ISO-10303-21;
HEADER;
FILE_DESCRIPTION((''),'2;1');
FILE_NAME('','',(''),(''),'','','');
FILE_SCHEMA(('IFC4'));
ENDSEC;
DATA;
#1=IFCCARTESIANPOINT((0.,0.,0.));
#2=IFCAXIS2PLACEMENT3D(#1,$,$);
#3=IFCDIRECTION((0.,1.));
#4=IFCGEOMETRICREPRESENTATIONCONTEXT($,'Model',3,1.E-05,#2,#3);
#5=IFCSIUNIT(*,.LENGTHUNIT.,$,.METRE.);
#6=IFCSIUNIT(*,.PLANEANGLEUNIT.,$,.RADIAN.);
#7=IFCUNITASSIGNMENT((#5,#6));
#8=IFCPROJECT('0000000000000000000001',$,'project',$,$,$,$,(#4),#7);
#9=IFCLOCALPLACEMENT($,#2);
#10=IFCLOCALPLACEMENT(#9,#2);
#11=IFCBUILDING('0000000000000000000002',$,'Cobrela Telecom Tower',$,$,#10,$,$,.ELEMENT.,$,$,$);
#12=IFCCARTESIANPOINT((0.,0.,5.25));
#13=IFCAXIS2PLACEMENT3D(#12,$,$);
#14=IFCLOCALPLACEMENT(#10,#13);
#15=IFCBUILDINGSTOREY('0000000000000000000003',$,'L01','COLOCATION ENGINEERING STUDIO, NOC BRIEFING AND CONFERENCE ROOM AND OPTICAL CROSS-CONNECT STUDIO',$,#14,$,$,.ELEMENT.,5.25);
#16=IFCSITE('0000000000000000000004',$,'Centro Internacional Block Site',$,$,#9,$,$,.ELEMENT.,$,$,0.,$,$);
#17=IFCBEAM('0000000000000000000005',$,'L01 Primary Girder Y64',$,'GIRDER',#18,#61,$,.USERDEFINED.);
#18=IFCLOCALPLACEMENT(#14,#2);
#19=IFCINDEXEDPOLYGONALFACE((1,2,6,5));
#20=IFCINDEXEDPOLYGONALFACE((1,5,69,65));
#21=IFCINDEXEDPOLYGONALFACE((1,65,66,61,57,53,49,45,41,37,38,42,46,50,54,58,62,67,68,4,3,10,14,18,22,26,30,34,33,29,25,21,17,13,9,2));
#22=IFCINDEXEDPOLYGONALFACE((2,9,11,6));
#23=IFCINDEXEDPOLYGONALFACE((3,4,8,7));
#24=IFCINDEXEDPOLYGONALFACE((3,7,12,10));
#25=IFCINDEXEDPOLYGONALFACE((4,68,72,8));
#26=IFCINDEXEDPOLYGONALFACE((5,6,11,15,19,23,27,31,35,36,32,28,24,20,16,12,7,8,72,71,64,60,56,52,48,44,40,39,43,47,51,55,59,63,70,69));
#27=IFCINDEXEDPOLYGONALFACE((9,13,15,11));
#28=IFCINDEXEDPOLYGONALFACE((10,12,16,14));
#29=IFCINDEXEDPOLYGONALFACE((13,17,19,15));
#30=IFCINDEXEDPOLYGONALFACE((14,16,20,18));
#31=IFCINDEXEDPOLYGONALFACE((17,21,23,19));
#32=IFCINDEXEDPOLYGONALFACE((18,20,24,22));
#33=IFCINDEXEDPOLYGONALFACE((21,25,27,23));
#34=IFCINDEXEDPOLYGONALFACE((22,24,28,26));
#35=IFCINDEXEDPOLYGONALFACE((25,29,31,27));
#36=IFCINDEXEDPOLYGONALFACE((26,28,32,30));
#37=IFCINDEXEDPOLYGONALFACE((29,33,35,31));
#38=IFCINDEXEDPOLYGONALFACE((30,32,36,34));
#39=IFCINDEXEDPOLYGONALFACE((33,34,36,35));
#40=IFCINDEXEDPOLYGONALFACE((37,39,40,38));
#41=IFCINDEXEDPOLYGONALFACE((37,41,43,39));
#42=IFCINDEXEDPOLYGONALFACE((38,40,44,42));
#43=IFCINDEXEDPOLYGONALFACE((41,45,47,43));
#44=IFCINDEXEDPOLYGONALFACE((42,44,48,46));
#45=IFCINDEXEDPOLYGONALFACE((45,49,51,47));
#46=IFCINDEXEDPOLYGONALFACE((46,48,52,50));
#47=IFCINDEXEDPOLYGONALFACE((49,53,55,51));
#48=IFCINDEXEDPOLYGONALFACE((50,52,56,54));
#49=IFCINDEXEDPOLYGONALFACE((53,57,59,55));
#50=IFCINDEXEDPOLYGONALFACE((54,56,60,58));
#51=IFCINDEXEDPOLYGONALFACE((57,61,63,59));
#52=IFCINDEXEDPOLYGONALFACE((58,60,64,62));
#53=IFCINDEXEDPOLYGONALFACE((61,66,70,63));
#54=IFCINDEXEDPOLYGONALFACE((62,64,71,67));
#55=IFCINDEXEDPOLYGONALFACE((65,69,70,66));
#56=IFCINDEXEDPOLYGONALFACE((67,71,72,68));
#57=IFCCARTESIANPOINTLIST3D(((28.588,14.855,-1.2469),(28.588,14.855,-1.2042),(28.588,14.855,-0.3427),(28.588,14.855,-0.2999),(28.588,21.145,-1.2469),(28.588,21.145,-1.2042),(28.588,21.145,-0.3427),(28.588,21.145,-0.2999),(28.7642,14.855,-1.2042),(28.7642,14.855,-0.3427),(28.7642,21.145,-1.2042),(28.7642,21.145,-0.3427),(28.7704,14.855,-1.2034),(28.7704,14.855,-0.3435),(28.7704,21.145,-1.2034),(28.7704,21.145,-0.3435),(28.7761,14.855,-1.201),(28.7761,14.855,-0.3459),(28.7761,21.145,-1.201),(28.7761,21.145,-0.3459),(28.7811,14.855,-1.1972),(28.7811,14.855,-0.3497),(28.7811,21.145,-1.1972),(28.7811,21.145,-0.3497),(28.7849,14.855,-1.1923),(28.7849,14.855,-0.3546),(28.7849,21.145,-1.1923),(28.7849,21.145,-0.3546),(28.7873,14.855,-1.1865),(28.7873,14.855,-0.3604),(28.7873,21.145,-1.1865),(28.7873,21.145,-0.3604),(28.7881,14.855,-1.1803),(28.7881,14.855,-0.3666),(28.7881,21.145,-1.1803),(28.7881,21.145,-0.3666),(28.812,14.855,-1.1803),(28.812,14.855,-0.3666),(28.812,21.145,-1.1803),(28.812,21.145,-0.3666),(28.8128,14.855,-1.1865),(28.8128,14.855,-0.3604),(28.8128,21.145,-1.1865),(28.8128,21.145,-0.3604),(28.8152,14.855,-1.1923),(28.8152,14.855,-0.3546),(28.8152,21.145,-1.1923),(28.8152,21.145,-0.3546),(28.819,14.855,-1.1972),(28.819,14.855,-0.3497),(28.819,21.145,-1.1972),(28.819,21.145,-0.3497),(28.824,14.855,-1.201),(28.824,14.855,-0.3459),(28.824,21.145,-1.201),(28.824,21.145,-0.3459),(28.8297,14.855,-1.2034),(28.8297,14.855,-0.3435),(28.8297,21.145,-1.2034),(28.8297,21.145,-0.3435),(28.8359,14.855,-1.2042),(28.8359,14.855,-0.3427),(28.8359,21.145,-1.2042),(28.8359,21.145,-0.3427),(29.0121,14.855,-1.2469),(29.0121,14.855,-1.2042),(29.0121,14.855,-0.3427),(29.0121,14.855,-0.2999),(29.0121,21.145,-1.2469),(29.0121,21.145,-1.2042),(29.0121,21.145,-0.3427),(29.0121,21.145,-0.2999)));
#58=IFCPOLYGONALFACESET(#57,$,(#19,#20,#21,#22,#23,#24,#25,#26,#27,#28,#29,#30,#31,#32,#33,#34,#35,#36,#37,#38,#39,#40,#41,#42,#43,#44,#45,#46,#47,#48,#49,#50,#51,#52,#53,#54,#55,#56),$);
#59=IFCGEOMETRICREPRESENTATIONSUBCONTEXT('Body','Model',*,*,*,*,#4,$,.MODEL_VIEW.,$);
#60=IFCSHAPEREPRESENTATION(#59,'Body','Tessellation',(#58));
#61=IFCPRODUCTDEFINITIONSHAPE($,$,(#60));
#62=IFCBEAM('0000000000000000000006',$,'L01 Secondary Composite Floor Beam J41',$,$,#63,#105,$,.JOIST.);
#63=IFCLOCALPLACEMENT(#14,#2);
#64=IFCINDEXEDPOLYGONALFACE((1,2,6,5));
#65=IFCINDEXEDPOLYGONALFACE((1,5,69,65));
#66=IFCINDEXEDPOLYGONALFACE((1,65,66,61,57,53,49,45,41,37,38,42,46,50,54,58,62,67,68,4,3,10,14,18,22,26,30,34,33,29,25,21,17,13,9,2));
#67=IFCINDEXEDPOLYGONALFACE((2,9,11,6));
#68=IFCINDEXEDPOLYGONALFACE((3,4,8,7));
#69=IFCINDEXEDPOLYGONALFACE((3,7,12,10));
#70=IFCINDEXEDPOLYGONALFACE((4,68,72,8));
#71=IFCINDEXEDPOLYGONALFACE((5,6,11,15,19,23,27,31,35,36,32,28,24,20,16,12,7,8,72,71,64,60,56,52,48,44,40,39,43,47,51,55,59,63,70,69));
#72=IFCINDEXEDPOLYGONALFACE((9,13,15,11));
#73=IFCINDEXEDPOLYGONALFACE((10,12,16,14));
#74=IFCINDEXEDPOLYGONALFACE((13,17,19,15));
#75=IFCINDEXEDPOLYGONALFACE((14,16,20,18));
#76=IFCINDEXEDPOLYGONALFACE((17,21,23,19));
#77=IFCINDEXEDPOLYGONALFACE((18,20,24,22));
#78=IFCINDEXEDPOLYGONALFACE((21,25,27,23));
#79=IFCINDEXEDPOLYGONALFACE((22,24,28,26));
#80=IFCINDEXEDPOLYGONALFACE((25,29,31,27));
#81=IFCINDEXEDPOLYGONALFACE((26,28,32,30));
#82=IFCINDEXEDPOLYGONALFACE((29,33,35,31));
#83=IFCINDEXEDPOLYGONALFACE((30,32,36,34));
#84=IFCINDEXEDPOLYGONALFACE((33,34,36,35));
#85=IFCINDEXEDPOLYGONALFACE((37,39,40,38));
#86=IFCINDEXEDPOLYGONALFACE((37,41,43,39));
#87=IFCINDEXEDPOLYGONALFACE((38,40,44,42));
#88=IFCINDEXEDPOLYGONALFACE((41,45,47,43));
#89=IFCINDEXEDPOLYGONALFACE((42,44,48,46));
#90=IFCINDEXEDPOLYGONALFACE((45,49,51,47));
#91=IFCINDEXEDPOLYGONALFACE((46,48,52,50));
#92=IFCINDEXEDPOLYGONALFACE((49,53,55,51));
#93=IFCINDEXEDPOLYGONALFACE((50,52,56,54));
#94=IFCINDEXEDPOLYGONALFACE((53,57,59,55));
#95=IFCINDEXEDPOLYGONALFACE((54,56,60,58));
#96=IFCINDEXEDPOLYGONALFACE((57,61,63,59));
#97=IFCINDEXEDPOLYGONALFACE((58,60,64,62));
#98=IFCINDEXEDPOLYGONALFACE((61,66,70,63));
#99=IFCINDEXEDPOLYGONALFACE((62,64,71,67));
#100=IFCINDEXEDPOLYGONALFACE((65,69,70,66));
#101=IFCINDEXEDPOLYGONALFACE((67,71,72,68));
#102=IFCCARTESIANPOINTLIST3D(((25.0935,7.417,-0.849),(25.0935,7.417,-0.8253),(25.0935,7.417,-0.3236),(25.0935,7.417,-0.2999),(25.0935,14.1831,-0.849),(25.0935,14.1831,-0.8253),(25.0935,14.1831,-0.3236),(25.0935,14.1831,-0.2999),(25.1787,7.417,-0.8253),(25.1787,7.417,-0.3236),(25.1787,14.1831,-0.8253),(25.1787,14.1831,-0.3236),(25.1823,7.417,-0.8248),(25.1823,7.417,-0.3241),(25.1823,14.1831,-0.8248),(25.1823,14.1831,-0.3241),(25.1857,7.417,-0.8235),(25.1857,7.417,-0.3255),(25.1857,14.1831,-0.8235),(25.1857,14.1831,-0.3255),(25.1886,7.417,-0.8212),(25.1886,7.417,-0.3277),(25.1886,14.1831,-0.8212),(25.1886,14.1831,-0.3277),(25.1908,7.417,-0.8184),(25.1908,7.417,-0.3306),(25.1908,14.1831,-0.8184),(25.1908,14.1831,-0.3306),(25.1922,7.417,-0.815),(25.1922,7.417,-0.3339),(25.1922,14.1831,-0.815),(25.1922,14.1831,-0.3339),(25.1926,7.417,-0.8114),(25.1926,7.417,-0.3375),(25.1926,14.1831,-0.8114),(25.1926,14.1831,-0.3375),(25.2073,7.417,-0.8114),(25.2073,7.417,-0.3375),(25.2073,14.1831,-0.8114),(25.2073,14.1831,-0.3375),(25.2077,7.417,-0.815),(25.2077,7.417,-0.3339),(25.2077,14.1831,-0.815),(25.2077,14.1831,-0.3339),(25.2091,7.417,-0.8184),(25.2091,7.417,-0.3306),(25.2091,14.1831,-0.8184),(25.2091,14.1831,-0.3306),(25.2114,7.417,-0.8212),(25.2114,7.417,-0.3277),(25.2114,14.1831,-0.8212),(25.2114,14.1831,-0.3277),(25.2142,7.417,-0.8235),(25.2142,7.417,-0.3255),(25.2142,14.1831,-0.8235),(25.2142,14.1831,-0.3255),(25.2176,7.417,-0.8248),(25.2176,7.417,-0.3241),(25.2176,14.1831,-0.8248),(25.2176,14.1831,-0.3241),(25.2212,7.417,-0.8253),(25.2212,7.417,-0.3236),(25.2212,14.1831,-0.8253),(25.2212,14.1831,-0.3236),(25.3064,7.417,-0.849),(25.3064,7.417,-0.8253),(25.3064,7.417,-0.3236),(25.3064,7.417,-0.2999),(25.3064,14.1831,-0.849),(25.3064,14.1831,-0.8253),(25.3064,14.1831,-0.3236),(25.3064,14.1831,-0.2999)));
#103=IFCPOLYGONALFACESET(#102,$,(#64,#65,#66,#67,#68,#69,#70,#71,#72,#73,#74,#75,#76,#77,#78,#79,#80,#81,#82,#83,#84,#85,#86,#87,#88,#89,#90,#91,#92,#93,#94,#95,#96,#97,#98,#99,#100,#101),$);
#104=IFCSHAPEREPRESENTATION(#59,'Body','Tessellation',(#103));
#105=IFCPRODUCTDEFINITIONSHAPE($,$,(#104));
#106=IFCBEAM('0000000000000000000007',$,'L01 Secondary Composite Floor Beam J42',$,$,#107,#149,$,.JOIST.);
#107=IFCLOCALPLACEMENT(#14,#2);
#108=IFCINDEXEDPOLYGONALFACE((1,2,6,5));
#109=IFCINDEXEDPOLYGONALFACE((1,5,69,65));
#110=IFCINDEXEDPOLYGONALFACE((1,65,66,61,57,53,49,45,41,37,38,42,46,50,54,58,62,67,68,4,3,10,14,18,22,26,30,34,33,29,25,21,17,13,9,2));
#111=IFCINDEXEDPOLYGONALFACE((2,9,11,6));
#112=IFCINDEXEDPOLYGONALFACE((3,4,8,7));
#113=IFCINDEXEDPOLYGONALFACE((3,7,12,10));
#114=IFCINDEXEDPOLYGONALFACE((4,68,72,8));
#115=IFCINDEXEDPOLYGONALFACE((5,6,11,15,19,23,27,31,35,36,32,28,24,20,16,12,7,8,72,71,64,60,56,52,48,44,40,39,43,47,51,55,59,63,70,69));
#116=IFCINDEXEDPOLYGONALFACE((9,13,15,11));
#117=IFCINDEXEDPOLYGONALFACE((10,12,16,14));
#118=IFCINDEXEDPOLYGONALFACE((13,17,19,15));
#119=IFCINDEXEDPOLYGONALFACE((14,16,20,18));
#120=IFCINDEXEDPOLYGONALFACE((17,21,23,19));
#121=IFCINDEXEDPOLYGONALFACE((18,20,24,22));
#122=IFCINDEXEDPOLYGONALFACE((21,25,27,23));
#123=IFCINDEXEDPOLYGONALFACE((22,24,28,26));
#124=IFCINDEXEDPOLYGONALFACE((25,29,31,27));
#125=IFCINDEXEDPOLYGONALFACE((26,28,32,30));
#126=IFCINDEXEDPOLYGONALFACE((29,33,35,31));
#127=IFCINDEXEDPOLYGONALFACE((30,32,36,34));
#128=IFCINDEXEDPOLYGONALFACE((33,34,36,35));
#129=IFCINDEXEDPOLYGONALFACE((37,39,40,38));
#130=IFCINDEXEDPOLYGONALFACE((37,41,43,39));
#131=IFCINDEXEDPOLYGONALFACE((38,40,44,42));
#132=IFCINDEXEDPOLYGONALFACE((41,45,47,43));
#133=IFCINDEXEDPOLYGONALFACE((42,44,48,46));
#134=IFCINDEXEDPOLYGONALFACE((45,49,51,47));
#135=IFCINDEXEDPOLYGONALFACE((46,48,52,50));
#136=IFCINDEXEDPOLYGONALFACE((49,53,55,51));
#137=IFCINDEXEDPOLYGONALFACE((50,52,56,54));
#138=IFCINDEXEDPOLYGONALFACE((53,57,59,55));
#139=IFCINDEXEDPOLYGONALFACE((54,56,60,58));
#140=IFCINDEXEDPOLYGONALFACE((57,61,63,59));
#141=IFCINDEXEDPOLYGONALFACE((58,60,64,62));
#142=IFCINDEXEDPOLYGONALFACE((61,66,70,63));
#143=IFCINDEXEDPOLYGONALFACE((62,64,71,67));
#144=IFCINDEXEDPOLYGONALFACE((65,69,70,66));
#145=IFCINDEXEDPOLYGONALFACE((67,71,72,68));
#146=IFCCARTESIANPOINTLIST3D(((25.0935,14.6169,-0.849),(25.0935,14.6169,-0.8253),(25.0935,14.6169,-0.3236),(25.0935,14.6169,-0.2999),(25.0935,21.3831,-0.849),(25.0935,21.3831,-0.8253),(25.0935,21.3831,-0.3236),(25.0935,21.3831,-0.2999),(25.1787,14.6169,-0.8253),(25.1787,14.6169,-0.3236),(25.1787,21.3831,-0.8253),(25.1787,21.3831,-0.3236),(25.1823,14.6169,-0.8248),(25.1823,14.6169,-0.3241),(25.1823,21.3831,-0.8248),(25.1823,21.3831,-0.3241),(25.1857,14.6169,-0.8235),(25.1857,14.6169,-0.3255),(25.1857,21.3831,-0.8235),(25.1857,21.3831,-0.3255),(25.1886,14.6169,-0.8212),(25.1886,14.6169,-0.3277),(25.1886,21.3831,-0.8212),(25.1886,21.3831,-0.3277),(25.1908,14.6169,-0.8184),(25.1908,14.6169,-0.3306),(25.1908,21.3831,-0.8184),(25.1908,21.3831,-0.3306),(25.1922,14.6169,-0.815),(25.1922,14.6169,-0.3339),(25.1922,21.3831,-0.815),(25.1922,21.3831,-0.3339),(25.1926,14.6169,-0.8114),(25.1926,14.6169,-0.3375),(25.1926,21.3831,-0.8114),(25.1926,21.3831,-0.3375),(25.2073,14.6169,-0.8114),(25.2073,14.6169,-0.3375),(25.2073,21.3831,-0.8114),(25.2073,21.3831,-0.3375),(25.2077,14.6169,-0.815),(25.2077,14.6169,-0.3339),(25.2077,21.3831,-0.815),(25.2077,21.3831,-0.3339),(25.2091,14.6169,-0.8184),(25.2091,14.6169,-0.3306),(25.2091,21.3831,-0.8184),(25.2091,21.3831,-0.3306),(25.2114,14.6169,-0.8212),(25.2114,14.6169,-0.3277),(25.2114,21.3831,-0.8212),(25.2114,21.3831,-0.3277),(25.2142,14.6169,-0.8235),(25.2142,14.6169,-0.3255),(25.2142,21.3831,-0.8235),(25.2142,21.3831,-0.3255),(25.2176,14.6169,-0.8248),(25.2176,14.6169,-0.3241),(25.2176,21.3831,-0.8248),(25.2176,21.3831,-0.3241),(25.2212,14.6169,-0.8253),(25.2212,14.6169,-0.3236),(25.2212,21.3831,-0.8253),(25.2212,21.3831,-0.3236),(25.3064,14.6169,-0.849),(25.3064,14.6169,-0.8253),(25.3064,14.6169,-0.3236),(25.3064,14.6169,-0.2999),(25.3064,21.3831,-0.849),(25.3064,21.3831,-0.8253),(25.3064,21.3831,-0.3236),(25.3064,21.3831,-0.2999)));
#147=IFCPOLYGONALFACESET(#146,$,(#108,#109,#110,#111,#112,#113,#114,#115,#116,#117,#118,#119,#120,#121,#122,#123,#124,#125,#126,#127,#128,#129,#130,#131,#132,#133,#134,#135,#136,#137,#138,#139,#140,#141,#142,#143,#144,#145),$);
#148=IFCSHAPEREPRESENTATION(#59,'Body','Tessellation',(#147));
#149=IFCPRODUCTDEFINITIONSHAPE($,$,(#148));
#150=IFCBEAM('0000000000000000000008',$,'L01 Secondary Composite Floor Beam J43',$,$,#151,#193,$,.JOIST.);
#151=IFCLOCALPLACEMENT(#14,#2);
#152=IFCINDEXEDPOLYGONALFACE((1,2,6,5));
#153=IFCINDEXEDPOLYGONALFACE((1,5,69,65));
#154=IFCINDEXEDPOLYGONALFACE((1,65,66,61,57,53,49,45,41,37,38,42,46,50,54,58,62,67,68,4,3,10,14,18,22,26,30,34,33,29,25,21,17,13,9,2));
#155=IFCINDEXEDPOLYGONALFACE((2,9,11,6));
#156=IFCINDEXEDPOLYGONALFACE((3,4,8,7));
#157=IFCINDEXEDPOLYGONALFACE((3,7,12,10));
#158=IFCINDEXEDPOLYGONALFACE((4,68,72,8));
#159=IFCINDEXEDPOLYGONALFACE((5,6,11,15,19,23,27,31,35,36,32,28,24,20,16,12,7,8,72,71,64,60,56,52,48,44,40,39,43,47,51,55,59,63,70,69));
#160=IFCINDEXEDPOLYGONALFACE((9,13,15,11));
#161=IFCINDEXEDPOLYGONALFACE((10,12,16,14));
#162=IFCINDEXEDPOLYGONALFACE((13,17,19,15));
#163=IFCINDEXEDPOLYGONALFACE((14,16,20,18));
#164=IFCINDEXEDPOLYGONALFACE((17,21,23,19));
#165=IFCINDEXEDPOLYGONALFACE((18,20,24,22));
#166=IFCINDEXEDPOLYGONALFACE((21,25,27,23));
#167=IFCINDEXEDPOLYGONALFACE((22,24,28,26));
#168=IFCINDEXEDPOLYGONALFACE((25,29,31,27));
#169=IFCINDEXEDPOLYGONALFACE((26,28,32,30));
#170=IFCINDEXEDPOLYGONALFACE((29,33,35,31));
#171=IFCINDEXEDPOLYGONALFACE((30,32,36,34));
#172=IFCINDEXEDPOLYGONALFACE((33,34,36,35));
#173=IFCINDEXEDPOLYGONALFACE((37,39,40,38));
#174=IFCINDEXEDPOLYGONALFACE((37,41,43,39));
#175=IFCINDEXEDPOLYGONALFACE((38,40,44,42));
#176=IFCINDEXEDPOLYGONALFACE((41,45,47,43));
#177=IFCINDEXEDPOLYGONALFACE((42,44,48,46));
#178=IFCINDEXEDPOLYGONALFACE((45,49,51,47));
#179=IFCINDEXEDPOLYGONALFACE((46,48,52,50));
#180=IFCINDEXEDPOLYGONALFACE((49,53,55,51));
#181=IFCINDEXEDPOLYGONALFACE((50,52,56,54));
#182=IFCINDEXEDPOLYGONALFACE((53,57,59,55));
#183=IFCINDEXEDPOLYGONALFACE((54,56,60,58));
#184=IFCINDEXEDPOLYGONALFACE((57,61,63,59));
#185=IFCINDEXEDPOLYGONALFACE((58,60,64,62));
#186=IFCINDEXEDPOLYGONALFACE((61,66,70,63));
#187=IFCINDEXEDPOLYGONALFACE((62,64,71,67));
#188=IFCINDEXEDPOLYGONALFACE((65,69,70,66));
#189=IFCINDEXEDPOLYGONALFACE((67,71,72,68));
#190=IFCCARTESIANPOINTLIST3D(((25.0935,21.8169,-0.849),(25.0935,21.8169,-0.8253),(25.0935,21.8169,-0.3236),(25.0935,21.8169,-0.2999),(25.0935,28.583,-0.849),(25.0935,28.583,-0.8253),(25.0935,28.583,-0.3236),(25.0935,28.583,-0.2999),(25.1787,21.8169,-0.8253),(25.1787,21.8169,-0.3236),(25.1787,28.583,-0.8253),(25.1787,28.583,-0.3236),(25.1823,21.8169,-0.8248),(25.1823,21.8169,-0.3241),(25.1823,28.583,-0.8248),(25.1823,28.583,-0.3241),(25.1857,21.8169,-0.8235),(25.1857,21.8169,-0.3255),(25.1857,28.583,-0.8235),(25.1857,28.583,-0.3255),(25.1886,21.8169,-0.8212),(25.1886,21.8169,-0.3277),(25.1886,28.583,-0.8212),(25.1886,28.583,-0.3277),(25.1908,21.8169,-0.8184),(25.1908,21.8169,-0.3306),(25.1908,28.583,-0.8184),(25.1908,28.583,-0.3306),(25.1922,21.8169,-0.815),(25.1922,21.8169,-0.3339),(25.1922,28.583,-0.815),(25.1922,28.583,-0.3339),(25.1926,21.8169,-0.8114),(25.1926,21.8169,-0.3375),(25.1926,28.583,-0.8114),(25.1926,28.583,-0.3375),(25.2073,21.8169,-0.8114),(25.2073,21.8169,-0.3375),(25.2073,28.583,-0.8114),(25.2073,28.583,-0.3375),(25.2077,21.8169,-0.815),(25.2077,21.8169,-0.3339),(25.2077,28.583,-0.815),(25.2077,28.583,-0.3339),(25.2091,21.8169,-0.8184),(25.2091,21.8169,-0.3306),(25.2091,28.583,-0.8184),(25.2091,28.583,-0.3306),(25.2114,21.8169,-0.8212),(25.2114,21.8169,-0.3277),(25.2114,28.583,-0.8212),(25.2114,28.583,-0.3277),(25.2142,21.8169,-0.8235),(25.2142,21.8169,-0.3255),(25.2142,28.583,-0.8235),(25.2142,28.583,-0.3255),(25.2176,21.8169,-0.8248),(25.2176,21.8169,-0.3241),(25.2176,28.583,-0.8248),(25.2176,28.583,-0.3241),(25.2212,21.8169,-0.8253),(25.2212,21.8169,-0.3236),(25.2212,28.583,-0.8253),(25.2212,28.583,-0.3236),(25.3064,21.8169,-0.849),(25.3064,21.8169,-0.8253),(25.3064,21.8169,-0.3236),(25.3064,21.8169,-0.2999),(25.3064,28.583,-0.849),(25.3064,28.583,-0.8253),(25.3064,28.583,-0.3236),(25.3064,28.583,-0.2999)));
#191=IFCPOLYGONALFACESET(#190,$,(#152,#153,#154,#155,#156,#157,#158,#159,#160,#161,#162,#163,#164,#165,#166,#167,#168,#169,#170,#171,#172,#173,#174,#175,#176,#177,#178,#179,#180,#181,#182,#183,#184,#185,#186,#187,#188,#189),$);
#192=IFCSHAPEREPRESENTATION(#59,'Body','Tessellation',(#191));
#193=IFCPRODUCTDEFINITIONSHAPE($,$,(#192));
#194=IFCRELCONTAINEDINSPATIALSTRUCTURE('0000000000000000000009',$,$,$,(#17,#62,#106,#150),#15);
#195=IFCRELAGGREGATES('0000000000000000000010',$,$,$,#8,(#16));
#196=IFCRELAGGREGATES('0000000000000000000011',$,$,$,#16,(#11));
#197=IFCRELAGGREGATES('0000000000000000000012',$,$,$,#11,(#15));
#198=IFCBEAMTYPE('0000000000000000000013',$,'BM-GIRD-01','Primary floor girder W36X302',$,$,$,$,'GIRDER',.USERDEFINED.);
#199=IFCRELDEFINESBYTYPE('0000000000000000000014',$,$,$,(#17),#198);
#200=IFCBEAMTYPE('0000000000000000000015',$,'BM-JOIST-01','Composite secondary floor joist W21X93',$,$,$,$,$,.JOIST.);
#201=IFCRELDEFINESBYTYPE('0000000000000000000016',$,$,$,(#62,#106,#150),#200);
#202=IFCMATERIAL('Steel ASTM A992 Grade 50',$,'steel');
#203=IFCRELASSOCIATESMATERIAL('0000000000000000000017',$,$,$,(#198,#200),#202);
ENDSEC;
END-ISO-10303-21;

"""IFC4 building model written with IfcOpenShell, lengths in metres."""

from ifc_helpers import new_model, si_unit, direction, frame, origin, origin_2d, place, context, subcontext, project, spatial, i_section, extrude, material, material_profile, profile_set, type_object, element, save


model = new_model("IFC4")

# Units and contexts
model_context = context("Model", 3, precision=1e-05, world=origin(), true_north=direction((0.0, 1.0)))
body_context = subcontext(model_context, "Body", "Model", "MODEL_VIEW")
ifc_project = project(units=[si_unit("LENGTHUNIT", "METRE"), si_unit("PLANEANGLEUNIT", "RADIAN")], contexts=[model_context])

# Site, building, storey
site_placement = place(None, origin())
site = spatial("IfcSite", under=ifc_project, at=site_placement, Name="Centro Internacional Block Site", CompositionType="ELEMENT", RefElevation=0.0)
building_placement = place(site_placement, origin())
building = spatial("IfcBuilding", under=site, at=building_placement, Name="Cobrela Telecom Tower", CompositionType="ELEMENT")
storey_placement = place(building_placement, frame((0.0, 0.0, 5.25)))
storey = spatial("IfcBuildingStorey", under=building, at=storey_placement, Name="L01", Description="COLOCATION ENGINEERING STUDIO, NOC BRIEFING AND CONFERENCE ROOM AND OPTICAL CROSS-CONNECT STUDIO", CompositionType="ELEMENT", Elevation=5.25)

# Beams
ifc_material_1 = material(Name="Steel ASTM A992 Grade 50", Category="steel")
ifc_material_profile_1 = material_profile(ifc_material_1, i_section(OverallWidth=0.4241, OverallDepth=0.947, WebThickness=0.0239, FlangeThickness=0.0427, FilletRadius=0.0239, at=origin_2d()), Name="W36X302")
ifc_profile_set_1 = profile_set([ifc_material_profile_1], Name="Steel ASTM A992 Grade 50")
beam_type_1 = type_object("IfcBeamType", Name="BM-GIRD-01", Description="Primary floor girder W36X302", ElementType="GIRDER", PredefinedType="USERDEFINED", material=ifc_profile_set_1)
for number, where, z_axis, x_axis, name in (
    (1, (28.8, 14.855, -0.7734), (0.0, 1.0, 0.0), (-1.0, 0.0, 0.0), "L01 Primary Girder Y64"),
):
    element("IfcBeam", number, at=place(storey_placement, frame(where, z_axis=z_axis, x_axis=x_axis)), inside=storey, type_object=beam_type_1, Name=name, ObjectType="GIRDER", PredefinedType="USERDEFINED", context=body_context, shape_type="SweptSolid", body=[
        extrude(i_section(OverallWidth=0.4241, OverallDepth=0.947, WebThickness=0.0239, FlangeThickness=0.0427, FilletRadius=0.0239, at=origin_2d()), origin(), (0.0, 0.0, 1.0), 6.29),
    ])
ifc_material_profile_2 = material_profile(ifc_material_1, i_section(OverallWidth=0.2129, OverallDepth=0.5491, WebThickness=0.0146, FlangeThickness=0.0237, FilletRadius=0.0139, at=origin_2d()), Name="W21X93")
ifc_profile_set_2 = profile_set([ifc_material_profile_2], Name="Steel ASTM A992 Grade 50")
beam_type_2 = type_object("IfcBeamType", Name="BM-JOIST-01", Description="Composite secondary floor joist W21X93", PredefinedType="JOIST", material=ifc_profile_set_2)
for number, where, z_axis, x_axis, name in (
    (2, (25.2, 7.417, -0.5745), (0.0, 1.0, 0.0), (-1.0, 0.0, 0.0), "L01 Secondary Composite Floor Beam J41"),
    (3, (25.2, 14.6169, -0.5745), (0.0, 1.0, 0.0), (-1.0, 0.0, 0.0), "L01 Secondary Composite Floor Beam J42"),
    (4, (25.2, 21.8169, -0.5745), (0.0, 1.0, 0.0), (-1.0, 0.0, 0.0), "L01 Secondary Composite Floor Beam J43"),
):
    element("IfcBeam", number, at=place(storey_placement, frame(where, z_axis=z_axis, x_axis=x_axis)), inside=storey, type_object=beam_type_2, Name=name, PredefinedType="JOIST", context=body_context, shape_type="SweptSolid", body=[
        extrude(i_section(OverallWidth=0.2129, OverallDepth=0.5491, WebThickness=0.0146, FlangeThickness=0.0237, FilletRadius=0.0139, at=origin_2d()), origin(), (0.0, 0.0, 1.0), 6.7661),
    ])

save(model, "model.ifc")
